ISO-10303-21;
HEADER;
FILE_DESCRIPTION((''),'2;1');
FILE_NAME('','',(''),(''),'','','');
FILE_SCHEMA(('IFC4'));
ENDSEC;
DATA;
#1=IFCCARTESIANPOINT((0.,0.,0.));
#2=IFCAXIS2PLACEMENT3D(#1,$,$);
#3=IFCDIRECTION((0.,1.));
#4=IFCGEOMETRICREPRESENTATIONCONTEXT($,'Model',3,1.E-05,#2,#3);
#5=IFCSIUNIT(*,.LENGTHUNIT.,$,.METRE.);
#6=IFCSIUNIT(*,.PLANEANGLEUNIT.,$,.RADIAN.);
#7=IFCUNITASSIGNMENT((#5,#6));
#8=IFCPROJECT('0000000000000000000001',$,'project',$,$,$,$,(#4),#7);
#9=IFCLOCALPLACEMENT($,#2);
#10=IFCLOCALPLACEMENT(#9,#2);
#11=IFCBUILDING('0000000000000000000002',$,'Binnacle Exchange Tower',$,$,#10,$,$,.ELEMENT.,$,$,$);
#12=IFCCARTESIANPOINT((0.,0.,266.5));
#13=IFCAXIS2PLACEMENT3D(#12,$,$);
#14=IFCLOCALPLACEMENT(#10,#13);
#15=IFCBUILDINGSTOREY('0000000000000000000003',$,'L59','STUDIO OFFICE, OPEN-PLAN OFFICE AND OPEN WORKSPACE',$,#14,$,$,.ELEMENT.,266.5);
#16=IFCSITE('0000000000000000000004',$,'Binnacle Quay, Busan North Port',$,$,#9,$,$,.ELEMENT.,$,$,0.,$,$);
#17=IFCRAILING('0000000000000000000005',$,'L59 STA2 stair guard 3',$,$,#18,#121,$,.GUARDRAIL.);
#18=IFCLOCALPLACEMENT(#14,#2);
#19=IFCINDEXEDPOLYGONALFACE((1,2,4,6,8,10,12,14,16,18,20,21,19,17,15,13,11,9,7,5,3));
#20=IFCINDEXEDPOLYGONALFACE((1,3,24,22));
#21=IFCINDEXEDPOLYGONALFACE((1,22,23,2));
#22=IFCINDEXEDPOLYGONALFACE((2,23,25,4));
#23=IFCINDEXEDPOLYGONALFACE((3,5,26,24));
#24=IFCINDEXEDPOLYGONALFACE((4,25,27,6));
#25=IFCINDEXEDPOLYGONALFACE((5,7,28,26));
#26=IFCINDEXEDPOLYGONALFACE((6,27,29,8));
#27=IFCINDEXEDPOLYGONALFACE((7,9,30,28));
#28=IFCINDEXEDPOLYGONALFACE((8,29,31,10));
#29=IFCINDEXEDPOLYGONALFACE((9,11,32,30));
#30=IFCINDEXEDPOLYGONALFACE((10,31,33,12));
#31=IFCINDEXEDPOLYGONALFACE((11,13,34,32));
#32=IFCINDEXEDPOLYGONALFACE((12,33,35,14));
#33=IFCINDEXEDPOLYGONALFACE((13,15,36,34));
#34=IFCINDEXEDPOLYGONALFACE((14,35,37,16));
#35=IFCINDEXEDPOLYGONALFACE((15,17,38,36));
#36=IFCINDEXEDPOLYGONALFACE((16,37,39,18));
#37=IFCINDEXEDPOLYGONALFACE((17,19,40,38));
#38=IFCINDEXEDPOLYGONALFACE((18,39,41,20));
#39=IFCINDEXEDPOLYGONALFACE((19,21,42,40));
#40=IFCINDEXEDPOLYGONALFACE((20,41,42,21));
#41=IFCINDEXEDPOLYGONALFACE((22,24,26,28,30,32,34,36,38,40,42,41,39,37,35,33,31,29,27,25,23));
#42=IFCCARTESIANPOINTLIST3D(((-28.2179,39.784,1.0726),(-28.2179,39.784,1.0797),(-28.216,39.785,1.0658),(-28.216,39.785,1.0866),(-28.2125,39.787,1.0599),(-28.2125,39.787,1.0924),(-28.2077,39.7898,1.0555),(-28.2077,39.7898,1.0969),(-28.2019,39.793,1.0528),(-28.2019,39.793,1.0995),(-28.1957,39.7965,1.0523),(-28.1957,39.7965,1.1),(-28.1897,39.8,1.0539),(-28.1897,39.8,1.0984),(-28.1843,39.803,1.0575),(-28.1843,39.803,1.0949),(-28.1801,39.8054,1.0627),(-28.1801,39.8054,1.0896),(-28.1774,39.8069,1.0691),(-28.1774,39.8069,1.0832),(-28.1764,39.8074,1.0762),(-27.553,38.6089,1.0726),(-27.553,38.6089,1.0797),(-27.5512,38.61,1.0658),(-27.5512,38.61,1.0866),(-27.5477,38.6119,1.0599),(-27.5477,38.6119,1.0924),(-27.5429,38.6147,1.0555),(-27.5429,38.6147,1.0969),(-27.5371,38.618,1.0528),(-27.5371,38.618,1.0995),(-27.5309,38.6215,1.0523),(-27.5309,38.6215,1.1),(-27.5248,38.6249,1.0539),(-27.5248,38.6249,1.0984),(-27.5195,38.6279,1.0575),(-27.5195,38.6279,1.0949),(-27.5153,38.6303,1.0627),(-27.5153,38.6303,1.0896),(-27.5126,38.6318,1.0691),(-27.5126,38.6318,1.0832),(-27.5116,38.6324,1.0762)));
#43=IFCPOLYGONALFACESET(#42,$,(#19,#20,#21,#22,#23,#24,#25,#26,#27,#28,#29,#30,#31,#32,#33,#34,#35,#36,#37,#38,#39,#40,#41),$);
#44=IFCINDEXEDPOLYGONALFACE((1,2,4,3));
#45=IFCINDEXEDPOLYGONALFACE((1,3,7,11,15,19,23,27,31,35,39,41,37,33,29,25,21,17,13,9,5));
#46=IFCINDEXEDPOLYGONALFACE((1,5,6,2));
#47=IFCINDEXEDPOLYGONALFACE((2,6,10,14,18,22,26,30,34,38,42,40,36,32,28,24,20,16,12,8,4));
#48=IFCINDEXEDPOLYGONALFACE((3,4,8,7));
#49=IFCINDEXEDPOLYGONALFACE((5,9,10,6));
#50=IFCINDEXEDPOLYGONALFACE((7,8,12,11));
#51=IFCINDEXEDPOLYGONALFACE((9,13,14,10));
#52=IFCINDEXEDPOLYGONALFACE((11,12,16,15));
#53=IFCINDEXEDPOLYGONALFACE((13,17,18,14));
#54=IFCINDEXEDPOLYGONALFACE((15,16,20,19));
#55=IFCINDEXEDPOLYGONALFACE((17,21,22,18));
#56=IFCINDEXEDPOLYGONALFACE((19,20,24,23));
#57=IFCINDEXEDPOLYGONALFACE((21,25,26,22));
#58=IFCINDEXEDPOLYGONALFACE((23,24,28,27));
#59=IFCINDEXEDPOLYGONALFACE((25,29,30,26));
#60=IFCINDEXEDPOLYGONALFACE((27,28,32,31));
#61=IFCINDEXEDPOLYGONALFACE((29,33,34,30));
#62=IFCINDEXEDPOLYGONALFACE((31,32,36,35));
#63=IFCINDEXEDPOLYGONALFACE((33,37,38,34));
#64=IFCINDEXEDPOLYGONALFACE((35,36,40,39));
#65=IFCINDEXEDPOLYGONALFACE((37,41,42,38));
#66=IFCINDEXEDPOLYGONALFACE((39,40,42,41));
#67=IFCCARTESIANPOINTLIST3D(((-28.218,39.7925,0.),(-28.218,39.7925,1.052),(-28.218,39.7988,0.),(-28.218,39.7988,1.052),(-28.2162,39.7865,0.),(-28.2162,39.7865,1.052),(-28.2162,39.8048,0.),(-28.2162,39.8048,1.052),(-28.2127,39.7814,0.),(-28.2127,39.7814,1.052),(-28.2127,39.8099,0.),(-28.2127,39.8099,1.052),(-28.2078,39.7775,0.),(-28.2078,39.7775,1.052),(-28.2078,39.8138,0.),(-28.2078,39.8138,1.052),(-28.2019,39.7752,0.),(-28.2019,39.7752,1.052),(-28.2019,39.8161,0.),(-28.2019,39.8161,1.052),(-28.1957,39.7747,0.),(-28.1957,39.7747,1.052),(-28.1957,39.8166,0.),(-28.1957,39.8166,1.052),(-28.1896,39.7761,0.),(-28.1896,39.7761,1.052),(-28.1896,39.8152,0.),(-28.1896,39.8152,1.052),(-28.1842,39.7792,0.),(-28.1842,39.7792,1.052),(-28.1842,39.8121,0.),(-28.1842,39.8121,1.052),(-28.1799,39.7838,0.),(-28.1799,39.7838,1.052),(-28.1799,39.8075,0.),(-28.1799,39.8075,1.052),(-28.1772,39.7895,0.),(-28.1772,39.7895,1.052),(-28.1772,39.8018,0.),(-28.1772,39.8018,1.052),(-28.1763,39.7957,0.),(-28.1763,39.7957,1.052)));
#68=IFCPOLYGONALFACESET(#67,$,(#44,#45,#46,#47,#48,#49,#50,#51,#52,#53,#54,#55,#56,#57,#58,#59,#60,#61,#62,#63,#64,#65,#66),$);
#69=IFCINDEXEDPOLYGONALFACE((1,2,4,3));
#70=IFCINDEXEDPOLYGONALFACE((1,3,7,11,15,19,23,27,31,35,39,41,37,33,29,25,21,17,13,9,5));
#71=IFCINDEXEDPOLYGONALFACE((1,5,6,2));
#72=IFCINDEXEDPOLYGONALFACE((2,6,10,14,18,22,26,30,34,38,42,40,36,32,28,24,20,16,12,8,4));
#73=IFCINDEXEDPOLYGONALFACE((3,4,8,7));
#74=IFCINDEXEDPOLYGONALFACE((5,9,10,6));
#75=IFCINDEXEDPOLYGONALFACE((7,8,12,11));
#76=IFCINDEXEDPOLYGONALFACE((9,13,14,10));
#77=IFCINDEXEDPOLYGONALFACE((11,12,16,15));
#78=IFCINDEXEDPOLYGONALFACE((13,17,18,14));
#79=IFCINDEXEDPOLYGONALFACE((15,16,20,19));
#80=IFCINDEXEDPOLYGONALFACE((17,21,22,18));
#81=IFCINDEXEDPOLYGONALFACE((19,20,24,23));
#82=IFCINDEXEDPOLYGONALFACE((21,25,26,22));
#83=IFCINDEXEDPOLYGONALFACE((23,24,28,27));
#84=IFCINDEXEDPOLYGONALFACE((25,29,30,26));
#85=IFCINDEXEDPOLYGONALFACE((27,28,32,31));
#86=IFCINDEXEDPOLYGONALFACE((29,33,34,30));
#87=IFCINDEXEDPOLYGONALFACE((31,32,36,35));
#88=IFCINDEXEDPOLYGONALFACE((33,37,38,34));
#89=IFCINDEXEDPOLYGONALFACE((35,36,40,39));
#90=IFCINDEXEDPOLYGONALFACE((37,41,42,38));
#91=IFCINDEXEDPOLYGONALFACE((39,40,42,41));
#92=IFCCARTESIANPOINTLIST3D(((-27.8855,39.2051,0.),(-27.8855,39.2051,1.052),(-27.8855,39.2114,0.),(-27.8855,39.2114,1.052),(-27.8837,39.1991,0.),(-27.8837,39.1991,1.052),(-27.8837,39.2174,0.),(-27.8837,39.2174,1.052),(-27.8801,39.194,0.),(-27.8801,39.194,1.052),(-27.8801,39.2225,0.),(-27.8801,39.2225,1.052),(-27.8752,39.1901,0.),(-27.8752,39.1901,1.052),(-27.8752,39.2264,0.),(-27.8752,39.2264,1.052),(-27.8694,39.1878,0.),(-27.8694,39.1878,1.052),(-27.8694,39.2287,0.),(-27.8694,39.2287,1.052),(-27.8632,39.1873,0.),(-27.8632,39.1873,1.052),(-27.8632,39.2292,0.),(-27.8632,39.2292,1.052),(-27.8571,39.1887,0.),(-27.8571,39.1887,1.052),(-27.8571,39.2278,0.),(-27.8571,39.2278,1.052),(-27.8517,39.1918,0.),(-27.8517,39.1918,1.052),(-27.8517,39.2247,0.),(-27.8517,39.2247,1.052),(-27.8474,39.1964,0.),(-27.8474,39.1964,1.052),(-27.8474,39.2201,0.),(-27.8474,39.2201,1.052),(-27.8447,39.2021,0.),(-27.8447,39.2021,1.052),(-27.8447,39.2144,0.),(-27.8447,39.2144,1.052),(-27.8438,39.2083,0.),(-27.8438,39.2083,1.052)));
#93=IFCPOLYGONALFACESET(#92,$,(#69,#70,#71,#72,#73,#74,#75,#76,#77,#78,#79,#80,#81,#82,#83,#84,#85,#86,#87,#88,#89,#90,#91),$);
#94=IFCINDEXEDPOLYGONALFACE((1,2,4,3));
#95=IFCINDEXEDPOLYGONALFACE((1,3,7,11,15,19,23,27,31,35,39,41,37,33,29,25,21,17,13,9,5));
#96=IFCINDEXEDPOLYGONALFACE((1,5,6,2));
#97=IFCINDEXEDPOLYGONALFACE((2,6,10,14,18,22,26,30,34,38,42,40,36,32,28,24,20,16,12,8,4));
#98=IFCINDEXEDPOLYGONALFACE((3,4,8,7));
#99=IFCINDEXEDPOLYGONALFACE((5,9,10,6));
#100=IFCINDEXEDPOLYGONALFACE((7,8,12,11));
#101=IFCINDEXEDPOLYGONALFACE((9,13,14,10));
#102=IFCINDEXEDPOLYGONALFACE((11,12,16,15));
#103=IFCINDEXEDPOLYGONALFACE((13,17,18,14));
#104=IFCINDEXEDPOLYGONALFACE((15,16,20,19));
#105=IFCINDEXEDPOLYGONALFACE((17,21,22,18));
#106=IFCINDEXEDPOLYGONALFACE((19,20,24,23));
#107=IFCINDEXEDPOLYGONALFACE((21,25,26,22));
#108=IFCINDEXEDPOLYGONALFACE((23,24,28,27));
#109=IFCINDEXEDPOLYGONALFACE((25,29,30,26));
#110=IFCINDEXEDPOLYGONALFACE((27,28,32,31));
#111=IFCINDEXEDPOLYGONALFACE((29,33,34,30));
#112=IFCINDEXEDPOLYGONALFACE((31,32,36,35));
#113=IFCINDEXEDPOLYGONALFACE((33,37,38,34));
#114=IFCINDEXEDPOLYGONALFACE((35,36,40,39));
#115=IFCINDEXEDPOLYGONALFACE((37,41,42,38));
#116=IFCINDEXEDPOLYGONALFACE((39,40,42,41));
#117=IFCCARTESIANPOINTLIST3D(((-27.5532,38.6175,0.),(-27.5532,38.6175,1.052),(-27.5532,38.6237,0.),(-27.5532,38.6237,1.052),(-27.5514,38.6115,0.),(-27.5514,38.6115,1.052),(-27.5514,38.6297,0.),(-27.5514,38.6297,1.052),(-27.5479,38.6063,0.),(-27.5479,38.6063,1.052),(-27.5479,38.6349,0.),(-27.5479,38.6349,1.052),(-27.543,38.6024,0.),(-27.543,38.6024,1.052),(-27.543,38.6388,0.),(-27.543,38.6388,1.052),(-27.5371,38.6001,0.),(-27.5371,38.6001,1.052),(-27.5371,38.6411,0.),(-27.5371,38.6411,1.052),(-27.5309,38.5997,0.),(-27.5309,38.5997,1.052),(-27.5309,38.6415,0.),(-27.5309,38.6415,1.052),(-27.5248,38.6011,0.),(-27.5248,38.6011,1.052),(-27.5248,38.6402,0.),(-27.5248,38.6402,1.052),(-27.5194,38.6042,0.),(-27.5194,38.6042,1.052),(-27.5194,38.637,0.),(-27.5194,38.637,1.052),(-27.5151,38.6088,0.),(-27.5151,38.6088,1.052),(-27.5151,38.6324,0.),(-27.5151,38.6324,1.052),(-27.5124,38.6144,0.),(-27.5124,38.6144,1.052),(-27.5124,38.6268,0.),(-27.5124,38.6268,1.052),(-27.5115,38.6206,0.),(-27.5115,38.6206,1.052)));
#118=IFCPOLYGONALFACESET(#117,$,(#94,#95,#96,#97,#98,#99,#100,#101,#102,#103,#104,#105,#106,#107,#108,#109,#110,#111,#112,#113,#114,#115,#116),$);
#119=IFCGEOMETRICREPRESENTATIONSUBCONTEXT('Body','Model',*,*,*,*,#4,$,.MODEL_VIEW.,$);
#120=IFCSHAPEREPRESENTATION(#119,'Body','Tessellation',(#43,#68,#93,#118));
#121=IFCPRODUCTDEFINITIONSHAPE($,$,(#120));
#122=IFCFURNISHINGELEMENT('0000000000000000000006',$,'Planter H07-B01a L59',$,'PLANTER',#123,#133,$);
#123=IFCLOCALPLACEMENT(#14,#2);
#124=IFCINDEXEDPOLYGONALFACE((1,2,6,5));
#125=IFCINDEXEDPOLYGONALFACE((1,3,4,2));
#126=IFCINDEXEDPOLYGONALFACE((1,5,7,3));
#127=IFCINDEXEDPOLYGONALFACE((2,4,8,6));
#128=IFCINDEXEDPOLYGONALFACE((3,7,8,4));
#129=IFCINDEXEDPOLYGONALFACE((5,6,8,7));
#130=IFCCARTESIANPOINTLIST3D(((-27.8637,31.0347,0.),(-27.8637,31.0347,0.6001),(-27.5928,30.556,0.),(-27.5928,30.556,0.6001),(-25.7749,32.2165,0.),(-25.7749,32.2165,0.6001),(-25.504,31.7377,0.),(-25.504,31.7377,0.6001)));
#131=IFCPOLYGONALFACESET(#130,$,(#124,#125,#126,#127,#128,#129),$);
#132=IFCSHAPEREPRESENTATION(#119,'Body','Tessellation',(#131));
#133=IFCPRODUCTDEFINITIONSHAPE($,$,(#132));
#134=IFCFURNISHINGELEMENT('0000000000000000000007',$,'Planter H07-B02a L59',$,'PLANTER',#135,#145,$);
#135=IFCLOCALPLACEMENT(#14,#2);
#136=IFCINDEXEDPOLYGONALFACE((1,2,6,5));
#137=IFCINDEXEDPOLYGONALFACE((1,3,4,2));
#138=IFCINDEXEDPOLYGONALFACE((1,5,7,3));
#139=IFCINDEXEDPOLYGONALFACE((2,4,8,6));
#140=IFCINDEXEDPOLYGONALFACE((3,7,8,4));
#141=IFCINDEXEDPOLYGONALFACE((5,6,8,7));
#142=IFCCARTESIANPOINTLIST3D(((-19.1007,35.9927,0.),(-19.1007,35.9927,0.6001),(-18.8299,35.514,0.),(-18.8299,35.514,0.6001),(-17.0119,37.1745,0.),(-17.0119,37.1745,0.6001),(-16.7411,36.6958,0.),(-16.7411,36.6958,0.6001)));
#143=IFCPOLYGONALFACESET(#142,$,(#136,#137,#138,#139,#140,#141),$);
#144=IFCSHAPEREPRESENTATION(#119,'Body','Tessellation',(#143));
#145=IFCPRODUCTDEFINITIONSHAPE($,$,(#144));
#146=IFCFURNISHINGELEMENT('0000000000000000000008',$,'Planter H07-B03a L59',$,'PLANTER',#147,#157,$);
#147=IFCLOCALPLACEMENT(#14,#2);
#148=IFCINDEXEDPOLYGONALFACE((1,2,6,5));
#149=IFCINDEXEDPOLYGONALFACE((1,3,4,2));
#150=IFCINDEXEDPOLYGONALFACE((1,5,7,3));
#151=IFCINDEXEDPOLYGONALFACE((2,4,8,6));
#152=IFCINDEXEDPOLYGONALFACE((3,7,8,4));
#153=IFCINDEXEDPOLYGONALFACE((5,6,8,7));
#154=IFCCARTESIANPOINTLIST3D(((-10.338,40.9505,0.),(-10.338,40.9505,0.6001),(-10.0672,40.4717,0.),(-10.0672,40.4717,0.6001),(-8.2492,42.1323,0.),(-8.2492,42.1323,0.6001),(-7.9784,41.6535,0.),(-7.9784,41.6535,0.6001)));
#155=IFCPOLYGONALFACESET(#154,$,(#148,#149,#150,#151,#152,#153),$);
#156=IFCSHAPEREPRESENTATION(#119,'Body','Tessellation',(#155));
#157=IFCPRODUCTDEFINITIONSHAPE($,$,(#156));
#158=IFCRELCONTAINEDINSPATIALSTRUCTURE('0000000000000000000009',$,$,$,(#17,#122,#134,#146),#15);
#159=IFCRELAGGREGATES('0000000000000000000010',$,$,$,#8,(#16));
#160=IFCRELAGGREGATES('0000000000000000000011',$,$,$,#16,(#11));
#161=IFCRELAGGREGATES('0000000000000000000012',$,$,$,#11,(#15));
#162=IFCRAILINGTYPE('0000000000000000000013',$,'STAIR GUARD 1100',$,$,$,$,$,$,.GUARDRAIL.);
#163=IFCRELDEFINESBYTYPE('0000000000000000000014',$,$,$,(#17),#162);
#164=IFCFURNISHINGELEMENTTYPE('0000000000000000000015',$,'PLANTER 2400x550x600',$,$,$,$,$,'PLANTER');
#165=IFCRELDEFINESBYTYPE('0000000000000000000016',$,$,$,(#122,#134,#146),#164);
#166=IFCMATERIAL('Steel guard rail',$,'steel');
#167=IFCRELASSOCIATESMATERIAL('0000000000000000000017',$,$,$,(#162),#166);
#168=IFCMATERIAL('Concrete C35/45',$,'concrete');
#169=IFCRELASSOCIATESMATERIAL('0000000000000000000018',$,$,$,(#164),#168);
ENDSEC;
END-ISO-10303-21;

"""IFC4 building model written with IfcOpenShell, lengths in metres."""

from ifc_helpers import new_model, si_unit, direction, frame, origin, origin_2d, place, context, subcontext, project, spatial, rectangle, circle, extrude, material, type_object, element, save


model = new_model("IFC4")

# Units and contexts
model_context = context("Model", 3, precision=1e-05, world=origin(), true_north=direction((0.0, 1.0)))
body_context = subcontext(model_context, "Body", "Model", "MODEL_VIEW")
ifc_project = project(units=[si_unit("LENGTHUNIT", "METRE"), si_unit("PLANEANGLEUNIT", "RADIAN")], contexts=[model_context])

# Site, building, storey
site_placement = place(None, origin())
site = spatial("IfcSite", under=ifc_project, at=site_placement, Name="Binnacle Quay, Busan North Port", CompositionType="ELEMENT", RefElevation=0.0)
building_placement = place(site_placement, origin())
building = spatial("IfcBuilding", under=site, at=building_placement, Name="Binnacle Exchange Tower", CompositionType="ELEMENT")
storey_placement = place(building_placement, frame((0.0, 0.0, 266.5)))
storey = spatial("IfcBuildingStorey", under=building, at=storey_placement, Name="L59", Description="STUDIO OFFICE, OPEN-PLAN OFFICE AND OPEN WORKSPACE", CompositionType="ELEMENT", Elevation=266.5)

# Shared definitions
ifc_material_1 = material(Name="Concrete C35/45", Category="concrete")

# Railing
ifc_material_2 = material(Name="Steel guard rail", Category="steel")
railing_type_1 = type_object("IfcRailingType", Name="STAIR GUARD 1100", PredefinedType="GUARDRAIL", material=ifc_material_2)
railing_1_placement = place(storey_placement, frame((-28.1973, 39.7957, 0.0)))
element("IfcRailing", 1, at=railing_1_placement, inside=storey, type_object=railing_type_1, Name="L59 STA2 stair guard 3", PredefinedType="GUARDRAIL", context=body_context, shape_type="SweptSolid", body=[
    extrude(circle(Radius=0.0239, at=origin_2d()), frame((0.0, 0.0, 1.0762), z_axis=(0.492415, -0.870361, 0.0), x_axis=(0.870361, 0.492415, 0.0)), (0.0, 0.0, 1.0), 1.3501),
    extrude(circle(Radius=0.021, at=origin_2d()), origin(), (0.0, 0.0, 1.0), 1.052),
    extrude(circle(Radius=0.021, at=origin_2d()), frame((0.3325, -0.5874, 0.0)), (0.0, 0.0, 1.0), 1.052),
    extrude(circle(Radius=0.021, at=origin_2d()), frame((0.6648, -1.175, 0.0)), (0.0, 0.0, 1.0), 1.052),
])

# Furnishing elements
furnishing_element_type = type_object("IfcFurnishingElementType", Name="PLANTER 2400x550x600", ElementType="PLANTER", material=ifc_material_1)
for number, where, z_axis, x_axis, name in (
    (2, (-26.6838, 31.3862, 0.0), (0.0, 0.0, 1.0), (0.870356, 0.492424, 0.0), "Planter H07-B01a L59"),
    (3, (-17.9209, 36.3442, 0.0), (0.0, 0.0, 1.0), (0.870356, 0.492424, 0.0), "Planter H07-B02a L59"),
    (4, (-9.1582, 41.302, 0.0), (0.0, 0.0, 1.0), (0.870356, 0.492424, 0.0), "Planter H07-B03a L59"),
):
    element("IfcFurnishingElement", number, at=place(storey_placement, frame(where, z_axis=z_axis, x_axis=x_axis)), inside=storey, type_object=furnishing_element_type, Name=name, ObjectType="PLANTER", context=body_context, shape_type="SweptSolid", body=[
        extrude(rectangle(XDim=2.3999, YDim=0.55, at=origin_2d()), origin(), (0.0, 0.0, 1.0), 0.6001),
    ])

save(model, "model.ifc")
